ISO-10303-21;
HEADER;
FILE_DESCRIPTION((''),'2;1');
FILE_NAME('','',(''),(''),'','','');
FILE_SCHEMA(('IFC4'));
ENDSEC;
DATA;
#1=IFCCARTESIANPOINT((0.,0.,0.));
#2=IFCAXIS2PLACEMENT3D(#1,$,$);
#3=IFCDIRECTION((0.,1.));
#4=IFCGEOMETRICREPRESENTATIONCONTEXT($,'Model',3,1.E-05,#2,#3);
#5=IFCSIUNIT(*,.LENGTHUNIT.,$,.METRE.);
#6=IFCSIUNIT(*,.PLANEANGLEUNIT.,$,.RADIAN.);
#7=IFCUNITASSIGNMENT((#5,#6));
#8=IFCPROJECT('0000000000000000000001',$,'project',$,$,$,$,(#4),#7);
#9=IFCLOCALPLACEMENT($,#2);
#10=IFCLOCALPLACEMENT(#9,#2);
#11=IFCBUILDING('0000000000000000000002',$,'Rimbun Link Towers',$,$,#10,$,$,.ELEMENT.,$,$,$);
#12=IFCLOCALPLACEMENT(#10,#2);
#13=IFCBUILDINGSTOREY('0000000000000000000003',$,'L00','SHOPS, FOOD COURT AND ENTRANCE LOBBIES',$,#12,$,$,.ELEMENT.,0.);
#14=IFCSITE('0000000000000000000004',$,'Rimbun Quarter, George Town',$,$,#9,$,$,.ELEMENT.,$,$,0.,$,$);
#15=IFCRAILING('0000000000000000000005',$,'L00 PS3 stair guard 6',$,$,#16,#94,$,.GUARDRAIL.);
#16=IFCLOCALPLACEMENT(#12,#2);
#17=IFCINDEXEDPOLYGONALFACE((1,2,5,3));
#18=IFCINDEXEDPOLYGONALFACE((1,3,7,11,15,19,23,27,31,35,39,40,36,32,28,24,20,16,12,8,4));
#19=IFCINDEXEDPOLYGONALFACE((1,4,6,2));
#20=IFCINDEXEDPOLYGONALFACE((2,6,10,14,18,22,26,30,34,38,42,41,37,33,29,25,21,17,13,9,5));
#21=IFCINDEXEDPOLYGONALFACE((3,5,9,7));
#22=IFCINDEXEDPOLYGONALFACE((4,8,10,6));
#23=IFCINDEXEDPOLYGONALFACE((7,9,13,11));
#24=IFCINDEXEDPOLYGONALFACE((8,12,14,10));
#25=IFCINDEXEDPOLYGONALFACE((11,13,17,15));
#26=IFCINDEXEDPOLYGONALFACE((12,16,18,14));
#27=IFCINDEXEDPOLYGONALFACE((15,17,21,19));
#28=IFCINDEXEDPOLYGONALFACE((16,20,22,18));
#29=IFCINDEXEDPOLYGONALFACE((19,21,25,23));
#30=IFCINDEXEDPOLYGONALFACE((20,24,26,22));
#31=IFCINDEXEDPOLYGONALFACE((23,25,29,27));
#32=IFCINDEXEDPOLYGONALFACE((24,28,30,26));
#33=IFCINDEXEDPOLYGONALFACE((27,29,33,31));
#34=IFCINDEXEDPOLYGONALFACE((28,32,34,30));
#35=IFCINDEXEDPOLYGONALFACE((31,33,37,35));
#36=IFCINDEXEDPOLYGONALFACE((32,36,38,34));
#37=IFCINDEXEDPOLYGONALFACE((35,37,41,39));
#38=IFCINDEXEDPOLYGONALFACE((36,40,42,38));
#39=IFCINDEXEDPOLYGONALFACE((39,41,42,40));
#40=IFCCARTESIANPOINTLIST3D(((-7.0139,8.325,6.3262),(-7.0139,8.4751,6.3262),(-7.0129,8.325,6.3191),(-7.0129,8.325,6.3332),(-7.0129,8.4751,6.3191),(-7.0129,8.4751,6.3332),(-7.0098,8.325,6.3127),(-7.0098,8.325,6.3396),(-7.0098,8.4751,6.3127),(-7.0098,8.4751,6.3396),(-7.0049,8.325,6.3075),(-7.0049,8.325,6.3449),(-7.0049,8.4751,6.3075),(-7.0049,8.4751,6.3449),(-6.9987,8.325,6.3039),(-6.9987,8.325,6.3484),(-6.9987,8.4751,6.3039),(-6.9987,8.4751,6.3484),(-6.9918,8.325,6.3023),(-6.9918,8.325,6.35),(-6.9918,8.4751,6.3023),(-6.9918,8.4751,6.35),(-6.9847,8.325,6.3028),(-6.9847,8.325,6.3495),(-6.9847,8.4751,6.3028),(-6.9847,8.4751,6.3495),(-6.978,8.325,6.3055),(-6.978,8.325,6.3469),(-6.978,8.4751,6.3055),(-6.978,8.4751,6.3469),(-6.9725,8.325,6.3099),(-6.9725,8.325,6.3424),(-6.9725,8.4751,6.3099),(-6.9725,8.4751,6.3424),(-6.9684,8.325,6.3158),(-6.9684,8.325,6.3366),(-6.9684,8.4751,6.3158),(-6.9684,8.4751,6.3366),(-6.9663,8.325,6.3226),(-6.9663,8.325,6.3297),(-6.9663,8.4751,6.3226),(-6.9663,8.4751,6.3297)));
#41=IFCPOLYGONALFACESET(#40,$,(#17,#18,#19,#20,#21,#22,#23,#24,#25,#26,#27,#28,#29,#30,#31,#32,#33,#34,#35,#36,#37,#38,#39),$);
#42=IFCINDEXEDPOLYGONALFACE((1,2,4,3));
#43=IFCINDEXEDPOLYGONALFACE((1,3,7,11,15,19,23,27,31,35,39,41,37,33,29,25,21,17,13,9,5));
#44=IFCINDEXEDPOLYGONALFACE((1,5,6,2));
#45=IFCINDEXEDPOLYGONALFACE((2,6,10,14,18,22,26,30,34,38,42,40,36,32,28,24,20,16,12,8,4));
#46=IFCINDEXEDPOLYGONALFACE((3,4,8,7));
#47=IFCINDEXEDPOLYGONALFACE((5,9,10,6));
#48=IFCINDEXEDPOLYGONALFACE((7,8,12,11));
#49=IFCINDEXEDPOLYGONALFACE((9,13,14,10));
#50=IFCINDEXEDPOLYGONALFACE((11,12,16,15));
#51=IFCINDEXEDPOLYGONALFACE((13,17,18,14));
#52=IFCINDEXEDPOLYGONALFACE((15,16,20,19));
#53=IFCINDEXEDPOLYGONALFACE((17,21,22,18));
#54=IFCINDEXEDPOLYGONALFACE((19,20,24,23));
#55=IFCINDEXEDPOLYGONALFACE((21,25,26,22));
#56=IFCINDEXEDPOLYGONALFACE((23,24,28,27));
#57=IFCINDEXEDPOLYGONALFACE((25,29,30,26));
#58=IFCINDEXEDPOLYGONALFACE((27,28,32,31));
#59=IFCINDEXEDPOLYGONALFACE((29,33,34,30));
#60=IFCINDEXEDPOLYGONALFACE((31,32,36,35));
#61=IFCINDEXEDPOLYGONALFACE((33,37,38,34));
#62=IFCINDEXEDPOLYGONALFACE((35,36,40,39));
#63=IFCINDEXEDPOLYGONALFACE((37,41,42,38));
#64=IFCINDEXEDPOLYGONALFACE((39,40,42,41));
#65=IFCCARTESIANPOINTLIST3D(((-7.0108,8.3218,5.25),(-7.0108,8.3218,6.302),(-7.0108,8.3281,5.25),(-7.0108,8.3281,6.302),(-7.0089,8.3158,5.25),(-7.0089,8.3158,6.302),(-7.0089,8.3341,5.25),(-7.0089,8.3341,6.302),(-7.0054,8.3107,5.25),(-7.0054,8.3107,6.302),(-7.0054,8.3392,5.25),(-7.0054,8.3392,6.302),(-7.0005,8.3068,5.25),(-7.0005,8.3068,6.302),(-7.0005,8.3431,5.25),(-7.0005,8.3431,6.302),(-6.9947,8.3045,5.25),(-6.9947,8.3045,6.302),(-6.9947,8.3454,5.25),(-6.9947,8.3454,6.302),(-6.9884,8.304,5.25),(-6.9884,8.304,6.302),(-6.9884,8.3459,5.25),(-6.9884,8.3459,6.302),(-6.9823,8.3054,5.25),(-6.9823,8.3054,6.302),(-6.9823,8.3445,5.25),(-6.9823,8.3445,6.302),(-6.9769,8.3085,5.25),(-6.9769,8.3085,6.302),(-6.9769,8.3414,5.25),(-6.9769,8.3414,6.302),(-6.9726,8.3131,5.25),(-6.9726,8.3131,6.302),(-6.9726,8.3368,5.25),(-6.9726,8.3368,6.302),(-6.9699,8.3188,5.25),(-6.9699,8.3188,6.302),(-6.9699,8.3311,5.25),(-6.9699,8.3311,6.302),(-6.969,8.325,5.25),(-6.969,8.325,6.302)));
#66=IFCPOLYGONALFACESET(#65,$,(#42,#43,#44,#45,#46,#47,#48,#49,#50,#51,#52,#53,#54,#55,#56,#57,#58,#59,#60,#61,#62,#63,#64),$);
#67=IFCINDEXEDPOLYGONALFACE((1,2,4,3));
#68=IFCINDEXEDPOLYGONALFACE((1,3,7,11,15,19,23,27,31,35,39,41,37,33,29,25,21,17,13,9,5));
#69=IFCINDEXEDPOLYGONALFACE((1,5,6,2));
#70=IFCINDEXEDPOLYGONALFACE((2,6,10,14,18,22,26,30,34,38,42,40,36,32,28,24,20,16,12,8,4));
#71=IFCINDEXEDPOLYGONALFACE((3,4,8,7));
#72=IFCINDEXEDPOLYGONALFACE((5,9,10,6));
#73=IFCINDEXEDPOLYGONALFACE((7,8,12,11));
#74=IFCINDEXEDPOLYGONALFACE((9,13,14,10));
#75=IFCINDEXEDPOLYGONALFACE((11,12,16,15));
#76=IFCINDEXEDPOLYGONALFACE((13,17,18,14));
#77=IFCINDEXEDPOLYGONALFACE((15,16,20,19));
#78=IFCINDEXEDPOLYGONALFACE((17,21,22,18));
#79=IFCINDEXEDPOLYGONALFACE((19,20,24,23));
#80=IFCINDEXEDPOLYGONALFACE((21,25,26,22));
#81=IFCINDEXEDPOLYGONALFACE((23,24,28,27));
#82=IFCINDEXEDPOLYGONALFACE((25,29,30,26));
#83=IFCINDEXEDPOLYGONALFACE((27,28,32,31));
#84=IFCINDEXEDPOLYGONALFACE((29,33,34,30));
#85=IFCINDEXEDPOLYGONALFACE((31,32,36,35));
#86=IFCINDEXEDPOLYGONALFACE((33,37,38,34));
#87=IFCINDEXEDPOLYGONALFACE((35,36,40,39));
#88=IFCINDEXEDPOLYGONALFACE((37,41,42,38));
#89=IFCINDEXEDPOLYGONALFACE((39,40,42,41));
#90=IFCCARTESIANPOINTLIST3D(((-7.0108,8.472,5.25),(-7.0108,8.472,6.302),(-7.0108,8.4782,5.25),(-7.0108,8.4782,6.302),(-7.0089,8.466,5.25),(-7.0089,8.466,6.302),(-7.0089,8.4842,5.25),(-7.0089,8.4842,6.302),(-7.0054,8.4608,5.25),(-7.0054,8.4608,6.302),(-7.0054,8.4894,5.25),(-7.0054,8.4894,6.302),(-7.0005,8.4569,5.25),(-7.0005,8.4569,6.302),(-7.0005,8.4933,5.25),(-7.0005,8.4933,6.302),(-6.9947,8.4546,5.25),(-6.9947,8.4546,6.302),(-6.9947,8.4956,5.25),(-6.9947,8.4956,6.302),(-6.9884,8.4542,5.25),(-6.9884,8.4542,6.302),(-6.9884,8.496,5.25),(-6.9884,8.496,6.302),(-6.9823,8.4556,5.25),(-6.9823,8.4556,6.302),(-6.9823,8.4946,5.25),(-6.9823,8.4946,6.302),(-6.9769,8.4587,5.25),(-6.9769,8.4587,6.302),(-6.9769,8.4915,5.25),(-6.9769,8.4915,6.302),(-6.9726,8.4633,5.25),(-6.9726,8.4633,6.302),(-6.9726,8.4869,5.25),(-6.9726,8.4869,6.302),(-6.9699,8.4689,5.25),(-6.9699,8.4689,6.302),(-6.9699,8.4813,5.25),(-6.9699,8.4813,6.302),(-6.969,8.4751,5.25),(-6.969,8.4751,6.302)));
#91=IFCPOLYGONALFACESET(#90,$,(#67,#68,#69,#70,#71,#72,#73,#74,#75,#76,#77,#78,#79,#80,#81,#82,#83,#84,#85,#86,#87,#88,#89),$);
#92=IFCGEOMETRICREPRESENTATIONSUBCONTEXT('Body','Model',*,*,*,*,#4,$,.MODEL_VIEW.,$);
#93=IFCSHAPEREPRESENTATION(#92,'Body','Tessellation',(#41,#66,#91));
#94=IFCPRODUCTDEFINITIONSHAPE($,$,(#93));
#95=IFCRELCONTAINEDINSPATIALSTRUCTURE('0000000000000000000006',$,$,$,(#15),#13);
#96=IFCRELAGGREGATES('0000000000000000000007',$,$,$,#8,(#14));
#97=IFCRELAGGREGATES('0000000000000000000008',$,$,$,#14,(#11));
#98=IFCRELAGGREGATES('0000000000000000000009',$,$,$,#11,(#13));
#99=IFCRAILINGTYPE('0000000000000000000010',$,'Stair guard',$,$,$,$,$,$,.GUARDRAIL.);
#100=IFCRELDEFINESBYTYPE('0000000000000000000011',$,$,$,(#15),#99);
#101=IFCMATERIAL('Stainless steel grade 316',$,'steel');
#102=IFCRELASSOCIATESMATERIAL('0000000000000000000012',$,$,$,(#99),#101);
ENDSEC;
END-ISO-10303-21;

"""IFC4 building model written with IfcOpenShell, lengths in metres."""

from ifc_helpers import new_model, si_unit, direction, frame, origin, origin_2d, place, context, subcontext, project, spatial, circle, extrude, material, type_object, element, save


model = new_model("IFC4")

# Units and contexts
model_context = context("Model", 3, precision=1e-05, world=origin(), true_north=direction((0.0, 1.0)))
body_context = subcontext(model_context, "Body", "Model", "MODEL_VIEW")
ifc_project = project(units=[si_unit("LENGTHUNIT", "METRE"), si_unit("PLANEANGLEUNIT", "RADIAN")], contexts=[model_context])

# Site, building, storey
site_placement = place(None, origin())
site = spatial("IfcSite", under=ifc_project, at=site_placement, Name="Rimbun Quarter, George Town", CompositionType="ELEMENT", RefElevation=0.0)
building_placement = place(site_placement, origin())
building = spatial("IfcBuilding", under=site, at=building_placement, Name="Rimbun Link Towers", CompositionType="ELEMENT")
storey_placement = place(building_placement, origin())
storey = spatial("IfcBuildingStorey", under=building, at=storey_placement, Name="L00", Description="SHOPS, FOOD COURT AND ENTRANCE LOBBIES", CompositionType="ELEMENT", Elevation=0.0)

# Railing
ifc_material_1 = material(Name="Stainless steel grade 316", Category="steel")
railing_type_1 = type_object("IfcRailingType", Name="Stair guard", PredefinedType="GUARDRAIL", material=ifc_material_1)
railing_1_placement = place(storey_placement, frame((-6.99, 8.325, 5.25)))
element("IfcRailing", 1, at=railing_1_placement, inside=storey, type_object=railing_type_1, Name="L00 PS3 stair guard 6", PredefinedType="GUARDRAIL", context=body_context, shape_type="SweptSolid", body=[
    extrude(circle(Radius=0.0239, at=origin_2d()), frame((0.0, 0.0, 1.0762), z_axis=(0.0, 1.0, 0.0), x_axis=(-1.0, 0.0, 0.0)), (0.0, 0.0, 1.0), 0.1501),
    extrude(circle(Radius=0.021, at=origin_2d()), origin(), (0.0, 0.0, 1.0), 1.052),
    extrude(circle(Radius=0.021, at=origin_2d()), frame((0.0, 0.1501, 0.0)), (0.0, 0.0, 1.0), 1.052),
])

save(model, "model.ifc")
